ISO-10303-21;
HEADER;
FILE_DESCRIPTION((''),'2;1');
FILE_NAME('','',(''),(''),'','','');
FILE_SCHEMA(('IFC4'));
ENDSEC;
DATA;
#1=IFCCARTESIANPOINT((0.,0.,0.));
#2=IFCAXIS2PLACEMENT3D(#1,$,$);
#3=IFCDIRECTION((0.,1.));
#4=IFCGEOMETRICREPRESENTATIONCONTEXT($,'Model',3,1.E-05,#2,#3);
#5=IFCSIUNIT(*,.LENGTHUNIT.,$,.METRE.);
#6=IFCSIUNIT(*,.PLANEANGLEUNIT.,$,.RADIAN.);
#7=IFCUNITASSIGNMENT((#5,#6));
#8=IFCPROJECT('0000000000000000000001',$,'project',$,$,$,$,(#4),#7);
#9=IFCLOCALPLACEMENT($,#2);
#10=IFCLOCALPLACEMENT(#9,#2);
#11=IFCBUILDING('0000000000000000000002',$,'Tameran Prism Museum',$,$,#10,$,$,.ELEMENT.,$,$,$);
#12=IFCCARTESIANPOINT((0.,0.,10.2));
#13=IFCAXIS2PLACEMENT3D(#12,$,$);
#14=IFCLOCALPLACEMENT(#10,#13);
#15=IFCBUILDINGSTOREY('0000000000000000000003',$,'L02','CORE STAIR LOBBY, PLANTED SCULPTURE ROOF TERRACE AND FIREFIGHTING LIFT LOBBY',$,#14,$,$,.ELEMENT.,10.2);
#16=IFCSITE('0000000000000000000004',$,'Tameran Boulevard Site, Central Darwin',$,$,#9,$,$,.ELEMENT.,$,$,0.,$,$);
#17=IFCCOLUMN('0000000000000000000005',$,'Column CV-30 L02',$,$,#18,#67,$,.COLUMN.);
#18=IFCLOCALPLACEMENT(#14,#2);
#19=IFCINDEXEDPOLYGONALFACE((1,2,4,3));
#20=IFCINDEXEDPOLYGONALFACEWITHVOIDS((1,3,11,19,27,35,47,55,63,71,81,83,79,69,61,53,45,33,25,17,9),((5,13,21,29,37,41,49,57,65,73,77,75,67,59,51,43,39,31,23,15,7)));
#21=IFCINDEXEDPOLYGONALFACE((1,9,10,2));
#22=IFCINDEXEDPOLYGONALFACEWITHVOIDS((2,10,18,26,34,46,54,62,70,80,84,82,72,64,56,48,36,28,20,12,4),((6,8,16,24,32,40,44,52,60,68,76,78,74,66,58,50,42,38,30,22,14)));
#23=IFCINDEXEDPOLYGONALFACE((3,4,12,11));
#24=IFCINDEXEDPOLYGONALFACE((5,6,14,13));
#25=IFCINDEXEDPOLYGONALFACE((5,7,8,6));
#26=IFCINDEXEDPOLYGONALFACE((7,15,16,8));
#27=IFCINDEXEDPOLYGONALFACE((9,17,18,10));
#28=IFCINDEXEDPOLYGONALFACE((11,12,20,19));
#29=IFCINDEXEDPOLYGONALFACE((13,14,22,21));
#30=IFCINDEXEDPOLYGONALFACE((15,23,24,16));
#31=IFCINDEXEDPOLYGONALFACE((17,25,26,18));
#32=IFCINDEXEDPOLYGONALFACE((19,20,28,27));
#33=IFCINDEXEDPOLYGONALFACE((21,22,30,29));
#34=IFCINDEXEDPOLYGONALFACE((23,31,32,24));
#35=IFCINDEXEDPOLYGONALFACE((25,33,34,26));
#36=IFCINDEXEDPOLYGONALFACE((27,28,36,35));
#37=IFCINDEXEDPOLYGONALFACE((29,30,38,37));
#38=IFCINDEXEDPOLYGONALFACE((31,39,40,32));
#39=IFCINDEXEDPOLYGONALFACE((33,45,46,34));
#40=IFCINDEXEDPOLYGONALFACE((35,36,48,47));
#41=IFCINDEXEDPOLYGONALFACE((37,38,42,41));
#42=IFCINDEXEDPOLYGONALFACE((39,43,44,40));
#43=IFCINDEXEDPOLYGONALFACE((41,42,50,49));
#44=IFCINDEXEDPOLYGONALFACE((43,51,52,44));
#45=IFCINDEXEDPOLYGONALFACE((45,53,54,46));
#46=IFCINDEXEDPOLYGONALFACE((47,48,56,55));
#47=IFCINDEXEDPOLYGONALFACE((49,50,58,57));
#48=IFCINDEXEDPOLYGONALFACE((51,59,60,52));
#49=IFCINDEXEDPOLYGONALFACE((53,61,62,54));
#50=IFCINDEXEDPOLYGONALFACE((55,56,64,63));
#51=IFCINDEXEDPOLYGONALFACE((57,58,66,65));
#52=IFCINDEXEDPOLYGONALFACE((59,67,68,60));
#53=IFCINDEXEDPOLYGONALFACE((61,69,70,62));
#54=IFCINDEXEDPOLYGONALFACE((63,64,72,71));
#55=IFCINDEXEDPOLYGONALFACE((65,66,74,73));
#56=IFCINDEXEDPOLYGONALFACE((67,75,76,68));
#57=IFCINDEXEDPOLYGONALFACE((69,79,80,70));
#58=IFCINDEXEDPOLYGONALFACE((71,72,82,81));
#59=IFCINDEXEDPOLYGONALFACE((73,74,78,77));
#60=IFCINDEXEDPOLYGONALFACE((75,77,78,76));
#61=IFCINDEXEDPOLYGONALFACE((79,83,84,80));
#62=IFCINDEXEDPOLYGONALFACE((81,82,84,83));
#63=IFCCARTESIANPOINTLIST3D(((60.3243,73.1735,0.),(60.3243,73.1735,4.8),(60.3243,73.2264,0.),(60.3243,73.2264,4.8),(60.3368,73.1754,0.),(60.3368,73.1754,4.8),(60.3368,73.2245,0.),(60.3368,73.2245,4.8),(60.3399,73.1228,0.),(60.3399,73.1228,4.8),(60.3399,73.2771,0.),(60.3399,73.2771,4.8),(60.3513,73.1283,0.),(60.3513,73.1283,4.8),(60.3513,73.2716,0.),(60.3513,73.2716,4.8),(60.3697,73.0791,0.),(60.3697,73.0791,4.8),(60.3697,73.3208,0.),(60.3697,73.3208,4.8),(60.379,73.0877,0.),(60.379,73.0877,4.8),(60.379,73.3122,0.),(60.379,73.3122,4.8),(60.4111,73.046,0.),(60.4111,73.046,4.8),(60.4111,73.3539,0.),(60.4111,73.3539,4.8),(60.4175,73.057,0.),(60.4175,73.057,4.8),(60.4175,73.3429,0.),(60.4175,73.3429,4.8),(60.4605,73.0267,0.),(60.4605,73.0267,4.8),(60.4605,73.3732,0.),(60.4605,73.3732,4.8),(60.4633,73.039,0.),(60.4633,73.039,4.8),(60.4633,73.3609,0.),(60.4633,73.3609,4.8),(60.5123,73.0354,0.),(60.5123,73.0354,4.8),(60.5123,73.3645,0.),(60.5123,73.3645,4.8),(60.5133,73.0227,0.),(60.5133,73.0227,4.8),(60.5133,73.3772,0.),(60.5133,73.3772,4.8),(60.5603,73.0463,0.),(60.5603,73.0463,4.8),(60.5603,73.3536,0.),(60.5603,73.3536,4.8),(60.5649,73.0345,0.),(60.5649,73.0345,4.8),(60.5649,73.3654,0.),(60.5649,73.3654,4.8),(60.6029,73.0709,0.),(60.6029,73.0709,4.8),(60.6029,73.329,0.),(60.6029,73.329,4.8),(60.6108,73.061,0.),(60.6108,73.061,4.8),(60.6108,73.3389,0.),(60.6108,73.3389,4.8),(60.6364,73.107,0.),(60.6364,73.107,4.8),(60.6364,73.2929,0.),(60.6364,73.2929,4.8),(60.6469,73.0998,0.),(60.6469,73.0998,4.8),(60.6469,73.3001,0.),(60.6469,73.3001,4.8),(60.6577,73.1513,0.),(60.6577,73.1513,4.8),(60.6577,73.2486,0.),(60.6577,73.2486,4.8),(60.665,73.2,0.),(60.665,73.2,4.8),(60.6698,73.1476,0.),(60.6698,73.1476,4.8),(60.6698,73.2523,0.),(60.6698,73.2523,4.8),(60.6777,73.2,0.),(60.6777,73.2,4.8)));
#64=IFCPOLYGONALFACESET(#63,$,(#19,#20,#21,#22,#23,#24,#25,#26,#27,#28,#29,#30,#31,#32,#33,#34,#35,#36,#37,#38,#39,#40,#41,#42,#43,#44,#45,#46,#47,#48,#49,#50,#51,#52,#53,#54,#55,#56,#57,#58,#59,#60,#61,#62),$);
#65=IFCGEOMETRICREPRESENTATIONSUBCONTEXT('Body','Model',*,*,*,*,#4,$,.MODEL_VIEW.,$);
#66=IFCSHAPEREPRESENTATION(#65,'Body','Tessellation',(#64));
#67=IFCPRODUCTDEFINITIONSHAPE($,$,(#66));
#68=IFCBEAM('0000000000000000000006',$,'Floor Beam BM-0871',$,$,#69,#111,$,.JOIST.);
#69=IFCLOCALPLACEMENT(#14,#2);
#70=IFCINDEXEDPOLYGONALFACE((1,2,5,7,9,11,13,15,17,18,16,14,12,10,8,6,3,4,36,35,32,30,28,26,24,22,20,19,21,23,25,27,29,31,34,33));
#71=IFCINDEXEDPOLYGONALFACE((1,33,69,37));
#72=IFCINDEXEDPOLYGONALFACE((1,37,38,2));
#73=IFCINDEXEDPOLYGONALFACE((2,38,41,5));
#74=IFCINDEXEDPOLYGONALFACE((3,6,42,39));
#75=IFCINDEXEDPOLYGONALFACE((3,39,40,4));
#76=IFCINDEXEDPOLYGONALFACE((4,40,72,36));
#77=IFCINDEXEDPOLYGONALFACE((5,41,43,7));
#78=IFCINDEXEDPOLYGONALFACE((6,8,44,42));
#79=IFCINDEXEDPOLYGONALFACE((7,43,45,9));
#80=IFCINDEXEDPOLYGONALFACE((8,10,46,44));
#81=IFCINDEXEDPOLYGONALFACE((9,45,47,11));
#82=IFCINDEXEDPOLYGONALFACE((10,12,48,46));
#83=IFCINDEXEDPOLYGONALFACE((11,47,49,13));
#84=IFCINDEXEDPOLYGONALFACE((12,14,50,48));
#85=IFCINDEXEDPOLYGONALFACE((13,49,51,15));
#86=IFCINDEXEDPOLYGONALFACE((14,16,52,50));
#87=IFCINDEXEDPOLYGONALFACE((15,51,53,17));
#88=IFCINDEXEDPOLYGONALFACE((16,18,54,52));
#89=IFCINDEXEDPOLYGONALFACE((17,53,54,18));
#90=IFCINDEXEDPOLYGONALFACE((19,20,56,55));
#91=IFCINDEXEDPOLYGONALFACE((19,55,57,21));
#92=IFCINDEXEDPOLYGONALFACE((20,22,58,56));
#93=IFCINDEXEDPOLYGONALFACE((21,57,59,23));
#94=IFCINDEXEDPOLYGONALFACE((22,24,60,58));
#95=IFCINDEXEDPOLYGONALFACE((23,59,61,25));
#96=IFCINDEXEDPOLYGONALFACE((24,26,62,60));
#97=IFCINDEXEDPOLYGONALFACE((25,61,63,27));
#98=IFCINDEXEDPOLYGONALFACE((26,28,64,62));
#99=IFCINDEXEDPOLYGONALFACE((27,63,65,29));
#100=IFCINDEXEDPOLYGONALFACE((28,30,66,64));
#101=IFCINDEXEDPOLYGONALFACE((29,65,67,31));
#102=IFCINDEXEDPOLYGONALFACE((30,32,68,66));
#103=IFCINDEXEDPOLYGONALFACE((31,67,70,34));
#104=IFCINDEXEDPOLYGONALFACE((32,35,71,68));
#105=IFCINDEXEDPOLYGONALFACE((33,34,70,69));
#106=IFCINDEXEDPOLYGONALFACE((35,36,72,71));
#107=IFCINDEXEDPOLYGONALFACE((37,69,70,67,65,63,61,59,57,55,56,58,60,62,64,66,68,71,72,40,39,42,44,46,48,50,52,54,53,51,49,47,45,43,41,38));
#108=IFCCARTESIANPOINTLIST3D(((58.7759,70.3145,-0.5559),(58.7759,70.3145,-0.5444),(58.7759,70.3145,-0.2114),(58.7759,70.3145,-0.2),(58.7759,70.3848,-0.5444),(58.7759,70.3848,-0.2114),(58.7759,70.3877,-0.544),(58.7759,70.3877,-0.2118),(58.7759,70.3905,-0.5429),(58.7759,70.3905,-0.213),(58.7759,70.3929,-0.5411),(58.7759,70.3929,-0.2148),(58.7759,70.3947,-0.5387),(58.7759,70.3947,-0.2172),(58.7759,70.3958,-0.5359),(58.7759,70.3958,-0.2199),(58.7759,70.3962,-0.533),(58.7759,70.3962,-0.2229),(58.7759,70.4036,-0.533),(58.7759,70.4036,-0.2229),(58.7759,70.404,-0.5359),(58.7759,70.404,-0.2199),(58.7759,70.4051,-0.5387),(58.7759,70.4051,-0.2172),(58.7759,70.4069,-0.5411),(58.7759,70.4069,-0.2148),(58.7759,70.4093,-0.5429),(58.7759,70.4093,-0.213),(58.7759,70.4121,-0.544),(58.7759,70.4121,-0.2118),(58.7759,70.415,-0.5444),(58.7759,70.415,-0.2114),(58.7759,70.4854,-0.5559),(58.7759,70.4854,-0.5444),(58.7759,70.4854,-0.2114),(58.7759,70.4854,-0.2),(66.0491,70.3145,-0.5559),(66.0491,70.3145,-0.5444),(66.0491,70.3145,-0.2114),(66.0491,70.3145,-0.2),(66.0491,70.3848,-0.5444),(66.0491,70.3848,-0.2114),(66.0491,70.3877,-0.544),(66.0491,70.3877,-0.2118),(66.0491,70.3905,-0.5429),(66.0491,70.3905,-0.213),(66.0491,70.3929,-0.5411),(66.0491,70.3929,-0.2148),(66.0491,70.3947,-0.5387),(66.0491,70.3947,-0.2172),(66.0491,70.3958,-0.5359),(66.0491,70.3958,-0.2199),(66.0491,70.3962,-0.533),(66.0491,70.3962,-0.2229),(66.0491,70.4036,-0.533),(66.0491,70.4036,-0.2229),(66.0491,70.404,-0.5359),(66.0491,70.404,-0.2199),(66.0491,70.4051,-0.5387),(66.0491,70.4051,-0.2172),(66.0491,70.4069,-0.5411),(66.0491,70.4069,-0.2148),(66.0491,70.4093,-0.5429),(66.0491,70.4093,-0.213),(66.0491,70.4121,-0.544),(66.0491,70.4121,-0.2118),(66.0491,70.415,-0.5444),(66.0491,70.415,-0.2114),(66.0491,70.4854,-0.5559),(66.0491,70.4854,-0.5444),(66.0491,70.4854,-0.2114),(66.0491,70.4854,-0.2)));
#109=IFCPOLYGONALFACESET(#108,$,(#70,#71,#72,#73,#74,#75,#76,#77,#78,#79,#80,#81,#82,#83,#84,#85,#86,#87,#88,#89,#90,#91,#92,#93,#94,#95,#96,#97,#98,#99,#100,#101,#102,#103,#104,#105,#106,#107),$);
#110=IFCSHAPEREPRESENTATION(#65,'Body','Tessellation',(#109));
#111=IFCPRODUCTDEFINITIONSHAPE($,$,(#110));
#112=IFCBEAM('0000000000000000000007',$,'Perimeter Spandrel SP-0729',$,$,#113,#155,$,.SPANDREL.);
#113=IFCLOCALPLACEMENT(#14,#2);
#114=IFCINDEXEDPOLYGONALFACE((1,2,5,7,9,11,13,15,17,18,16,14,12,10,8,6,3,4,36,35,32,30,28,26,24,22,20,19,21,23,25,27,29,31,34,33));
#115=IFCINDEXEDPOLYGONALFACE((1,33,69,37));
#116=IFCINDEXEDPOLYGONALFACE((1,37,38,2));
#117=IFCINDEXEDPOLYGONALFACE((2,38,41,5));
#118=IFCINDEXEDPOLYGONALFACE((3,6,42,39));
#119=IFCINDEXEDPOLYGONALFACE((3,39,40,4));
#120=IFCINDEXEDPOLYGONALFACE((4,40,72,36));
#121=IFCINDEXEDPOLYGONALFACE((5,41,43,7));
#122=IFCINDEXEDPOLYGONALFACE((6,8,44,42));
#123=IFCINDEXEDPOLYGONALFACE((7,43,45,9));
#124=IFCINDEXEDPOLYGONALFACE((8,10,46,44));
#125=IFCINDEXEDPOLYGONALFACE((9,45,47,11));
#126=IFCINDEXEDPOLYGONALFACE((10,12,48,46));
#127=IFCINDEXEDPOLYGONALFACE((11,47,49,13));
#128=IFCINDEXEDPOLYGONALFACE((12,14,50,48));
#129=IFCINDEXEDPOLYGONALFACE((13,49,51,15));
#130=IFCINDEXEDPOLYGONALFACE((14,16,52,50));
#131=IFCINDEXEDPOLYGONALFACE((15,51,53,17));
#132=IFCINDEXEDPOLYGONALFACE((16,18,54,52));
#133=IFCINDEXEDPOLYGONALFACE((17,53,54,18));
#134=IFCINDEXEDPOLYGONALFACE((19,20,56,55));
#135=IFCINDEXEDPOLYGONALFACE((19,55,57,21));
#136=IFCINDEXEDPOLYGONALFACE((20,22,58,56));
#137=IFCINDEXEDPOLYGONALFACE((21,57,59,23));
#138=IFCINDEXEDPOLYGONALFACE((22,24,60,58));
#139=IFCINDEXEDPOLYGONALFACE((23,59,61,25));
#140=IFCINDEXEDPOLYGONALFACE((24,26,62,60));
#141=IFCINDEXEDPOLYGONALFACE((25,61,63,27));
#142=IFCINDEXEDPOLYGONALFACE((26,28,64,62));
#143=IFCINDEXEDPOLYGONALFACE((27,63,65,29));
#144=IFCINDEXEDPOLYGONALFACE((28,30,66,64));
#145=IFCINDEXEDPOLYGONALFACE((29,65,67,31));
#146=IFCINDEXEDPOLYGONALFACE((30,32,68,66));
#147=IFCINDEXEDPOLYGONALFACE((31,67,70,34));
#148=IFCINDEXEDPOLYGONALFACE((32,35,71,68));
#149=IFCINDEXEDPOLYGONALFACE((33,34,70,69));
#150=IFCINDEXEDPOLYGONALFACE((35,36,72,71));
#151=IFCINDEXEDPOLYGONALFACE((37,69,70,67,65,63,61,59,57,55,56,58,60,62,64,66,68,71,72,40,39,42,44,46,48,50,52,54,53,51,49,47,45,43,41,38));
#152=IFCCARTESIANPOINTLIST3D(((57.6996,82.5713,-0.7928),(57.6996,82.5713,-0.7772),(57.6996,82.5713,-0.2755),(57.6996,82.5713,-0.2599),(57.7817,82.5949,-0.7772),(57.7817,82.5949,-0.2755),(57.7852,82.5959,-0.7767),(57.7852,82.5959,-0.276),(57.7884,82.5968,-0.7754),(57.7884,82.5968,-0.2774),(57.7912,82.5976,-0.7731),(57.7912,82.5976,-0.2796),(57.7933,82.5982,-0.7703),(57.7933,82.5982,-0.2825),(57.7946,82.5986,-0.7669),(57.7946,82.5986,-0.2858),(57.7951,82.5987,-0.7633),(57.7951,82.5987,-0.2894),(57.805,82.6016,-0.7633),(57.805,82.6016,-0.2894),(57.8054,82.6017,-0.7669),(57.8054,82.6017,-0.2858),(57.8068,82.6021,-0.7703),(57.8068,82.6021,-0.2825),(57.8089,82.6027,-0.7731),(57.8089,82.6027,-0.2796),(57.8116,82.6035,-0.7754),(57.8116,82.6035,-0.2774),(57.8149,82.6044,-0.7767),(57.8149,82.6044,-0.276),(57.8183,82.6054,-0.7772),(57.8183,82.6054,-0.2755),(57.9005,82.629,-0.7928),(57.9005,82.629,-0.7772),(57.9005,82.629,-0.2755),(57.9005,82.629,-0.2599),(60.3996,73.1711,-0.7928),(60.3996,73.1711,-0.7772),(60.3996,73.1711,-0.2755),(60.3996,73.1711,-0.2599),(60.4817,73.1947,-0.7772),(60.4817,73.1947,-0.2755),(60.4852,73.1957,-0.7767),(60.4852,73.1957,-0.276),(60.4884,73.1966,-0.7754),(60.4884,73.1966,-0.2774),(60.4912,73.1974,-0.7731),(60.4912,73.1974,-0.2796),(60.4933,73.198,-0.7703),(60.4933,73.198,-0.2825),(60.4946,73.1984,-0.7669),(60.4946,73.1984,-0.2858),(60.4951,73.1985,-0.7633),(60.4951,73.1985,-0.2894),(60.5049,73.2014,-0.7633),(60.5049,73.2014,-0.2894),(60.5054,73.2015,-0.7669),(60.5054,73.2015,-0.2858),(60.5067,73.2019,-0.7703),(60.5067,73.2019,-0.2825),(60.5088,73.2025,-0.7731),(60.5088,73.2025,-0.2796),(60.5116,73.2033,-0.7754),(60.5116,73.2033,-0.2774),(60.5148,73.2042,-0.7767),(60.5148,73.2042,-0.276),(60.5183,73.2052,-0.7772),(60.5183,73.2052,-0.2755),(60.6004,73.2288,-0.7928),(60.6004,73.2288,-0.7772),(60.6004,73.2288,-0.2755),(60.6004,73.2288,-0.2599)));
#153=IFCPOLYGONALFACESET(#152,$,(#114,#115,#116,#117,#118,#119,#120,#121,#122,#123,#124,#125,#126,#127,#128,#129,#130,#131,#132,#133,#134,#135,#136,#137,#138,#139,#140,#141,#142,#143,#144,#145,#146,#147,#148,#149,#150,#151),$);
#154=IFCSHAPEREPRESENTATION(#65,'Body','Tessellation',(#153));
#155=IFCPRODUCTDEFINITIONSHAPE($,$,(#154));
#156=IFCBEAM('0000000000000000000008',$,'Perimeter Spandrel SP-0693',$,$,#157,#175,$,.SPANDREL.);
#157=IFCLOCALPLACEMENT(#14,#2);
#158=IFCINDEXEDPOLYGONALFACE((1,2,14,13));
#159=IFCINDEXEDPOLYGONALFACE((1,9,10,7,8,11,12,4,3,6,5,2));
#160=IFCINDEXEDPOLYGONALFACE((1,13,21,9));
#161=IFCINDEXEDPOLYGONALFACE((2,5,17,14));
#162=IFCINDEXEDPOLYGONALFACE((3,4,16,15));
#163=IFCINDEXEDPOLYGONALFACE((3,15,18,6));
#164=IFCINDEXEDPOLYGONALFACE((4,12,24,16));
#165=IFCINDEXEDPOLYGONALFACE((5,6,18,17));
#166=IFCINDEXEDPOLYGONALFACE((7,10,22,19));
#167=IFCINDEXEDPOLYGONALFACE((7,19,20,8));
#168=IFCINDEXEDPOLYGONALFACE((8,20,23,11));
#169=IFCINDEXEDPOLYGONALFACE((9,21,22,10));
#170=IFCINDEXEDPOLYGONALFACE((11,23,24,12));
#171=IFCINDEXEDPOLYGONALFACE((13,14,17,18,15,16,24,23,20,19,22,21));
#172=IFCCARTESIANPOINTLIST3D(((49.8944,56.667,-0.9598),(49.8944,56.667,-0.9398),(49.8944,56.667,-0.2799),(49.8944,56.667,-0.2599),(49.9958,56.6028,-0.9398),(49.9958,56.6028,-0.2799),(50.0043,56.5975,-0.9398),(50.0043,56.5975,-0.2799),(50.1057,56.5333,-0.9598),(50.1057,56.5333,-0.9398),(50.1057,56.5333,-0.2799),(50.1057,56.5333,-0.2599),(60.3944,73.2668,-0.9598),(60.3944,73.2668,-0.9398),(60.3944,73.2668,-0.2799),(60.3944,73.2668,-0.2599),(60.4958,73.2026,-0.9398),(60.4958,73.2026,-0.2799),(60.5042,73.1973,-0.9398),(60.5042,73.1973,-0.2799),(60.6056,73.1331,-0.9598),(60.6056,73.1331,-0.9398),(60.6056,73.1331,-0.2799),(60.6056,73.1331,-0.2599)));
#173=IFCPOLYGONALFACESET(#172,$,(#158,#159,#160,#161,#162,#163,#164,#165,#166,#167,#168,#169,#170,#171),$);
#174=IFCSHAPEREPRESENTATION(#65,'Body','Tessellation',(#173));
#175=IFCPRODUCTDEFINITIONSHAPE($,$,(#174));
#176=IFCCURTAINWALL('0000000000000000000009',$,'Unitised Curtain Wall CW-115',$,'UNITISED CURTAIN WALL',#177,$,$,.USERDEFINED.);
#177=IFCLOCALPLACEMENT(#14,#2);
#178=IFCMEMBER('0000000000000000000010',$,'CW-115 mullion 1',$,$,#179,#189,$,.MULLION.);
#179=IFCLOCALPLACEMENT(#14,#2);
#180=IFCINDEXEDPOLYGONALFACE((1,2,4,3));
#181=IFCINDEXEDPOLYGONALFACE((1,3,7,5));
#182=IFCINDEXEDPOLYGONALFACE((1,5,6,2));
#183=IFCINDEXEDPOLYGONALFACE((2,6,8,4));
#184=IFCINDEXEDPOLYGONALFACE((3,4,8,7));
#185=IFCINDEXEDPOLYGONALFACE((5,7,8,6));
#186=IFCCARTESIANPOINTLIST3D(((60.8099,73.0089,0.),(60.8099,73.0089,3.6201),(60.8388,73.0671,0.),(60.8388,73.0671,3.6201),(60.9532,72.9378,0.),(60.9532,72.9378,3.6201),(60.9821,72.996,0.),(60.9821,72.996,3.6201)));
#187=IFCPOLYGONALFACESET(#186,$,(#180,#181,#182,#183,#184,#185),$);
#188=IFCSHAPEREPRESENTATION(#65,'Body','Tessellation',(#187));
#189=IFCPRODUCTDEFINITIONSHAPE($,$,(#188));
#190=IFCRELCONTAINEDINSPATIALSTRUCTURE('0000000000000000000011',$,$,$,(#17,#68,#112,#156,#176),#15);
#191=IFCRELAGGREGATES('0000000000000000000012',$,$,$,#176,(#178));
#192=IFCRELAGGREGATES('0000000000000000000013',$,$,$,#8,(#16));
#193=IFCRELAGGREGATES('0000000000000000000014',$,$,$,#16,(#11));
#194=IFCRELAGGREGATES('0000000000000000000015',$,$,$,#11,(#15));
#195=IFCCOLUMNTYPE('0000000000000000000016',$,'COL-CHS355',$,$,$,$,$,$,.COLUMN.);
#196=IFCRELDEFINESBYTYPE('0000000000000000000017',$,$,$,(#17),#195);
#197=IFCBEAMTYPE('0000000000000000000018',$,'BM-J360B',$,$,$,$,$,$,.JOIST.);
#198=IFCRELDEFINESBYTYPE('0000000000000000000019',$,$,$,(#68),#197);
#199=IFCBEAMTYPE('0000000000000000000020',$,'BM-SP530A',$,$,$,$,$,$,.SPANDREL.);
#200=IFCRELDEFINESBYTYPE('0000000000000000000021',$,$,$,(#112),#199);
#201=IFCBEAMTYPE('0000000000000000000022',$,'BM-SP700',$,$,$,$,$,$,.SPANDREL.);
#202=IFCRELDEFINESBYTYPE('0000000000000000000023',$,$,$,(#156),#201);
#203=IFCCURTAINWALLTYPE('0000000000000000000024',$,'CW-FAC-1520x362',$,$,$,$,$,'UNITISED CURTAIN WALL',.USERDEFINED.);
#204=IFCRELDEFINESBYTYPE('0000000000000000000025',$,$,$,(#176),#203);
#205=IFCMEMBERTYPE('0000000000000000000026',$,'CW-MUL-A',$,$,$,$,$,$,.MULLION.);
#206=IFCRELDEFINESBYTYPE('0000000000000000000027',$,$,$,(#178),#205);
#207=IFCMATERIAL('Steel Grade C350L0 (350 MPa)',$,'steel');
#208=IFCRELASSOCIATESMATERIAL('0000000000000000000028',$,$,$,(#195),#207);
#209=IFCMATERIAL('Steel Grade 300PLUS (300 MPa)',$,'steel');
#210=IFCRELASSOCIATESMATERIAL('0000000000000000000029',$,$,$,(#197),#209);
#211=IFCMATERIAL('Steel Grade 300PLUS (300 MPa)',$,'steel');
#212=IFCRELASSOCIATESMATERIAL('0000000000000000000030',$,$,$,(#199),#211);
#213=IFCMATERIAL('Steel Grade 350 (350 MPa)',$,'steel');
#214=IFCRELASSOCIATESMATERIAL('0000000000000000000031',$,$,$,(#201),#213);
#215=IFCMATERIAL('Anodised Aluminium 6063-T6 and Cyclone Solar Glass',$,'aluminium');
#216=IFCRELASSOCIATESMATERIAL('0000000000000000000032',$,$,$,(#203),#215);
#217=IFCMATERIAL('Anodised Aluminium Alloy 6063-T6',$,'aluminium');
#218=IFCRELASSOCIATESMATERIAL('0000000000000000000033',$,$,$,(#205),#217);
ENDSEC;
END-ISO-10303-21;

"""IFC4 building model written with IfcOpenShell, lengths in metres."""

from ifc_helpers import new_model, si_unit, direction, frame, origin, origin_2d, place, context, subcontext, project, spatial, rectangle, hollow_circle, i_section, extrude, material, material_profile, profile_set, type_object, element, aggregate, save


model = new_model("IFC4")

# Units and contexts
model_context = context("Model", 3, precision=1e-05, world=origin(), true_north=direction((0.0, 1.0)))
body_context = subcontext(model_context, "Body", "Model", "MODEL_VIEW")
ifc_project = project(units=[si_unit("LENGTHUNIT", "METRE"), si_unit("PLANEANGLEUNIT", "RADIAN")], contexts=[model_context])

# Site, building, storey
site_placement = place(None, origin())
site = spatial("IfcSite", under=ifc_project, at=site_placement, Name="Tameran Boulevard Site, Central Darwin", CompositionType="ELEMENT", RefElevation=0.0)
building_placement = place(site_placement, origin())
building = spatial("IfcBuilding", under=site, at=building_placement, Name="Tameran Prism Museum", CompositionType="ELEMENT")
storey_placement = place(building_placement, frame((0.0, 0.0, 10.2)))
storey = spatial("IfcBuildingStorey", under=building, at=storey_placement, Name="L02", Description="CORE STAIR LOBBY, PLANTED SCULPTURE ROOF TERRACE AND FIREFIGHTING LIFT LOBBY", CompositionType="ELEMENT", Elevation=10.2)

# Column
ifc_material_1 = material(Name="Steel Grade C350L0 (350 MPa)", Category="steel")
ifc_material_profile_1 = material_profile(ifc_material_1, hollow_circle(Radius=0.1777, WallThickness=0.0127, at=origin_2d()))
ifc_profile_set_1 = profile_set([ifc_material_profile_1])
column_type = type_object("IfcColumnType", Name="COL-CHS355", PredefinedType="COLUMN", material=ifc_profile_set_1)
column_placement = place(storey_placement, frame((60.5, 73.2, 0.0), z_axis=(0.0, 0.0, 1.0), x_axis=(1.0, 0.0, 0.0)))
element("IfcColumn", 1, at=column_placement, inside=storey, type_object=column_type, Name="Column CV-30 L02", PredefinedType="COLUMN", context=body_context, shape_type="SweptSolid", body=[
    extrude(hollow_circle(Radius=0.1777, WallThickness=0.0127, at=origin_2d()), origin(), (0.0, 0.0, 1.0), 4.8),
])

# Beams
ifc_material_2 = material(Name="Steel Grade 300PLUS (300 MPa)", Category="steel")
ifc_material_profile_2 = material_profile(ifc_material_2, i_section(OverallWidth=0.1709, OverallDepth=0.356, WebThickness=0.0073, FlangeThickness=0.0115, FilletRadius=0.0115, at=origin_2d()))
ifc_profile_set_2 = profile_set([ifc_material_profile_2])
beam_type_1 = type_object("IfcBeamType", Name="BM-J360B", PredefinedType="JOIST", material=ifc_profile_set_2)
beam_1_placement = place(storey_placement, frame((58.7759, 70.3999, -0.3779), z_axis=(1.0, 0.0, 0.0), x_axis=(0.0, 1.0, 0.0)))
element("IfcBeam", 2, at=beam_1_placement, inside=storey, type_object=beam_type_1, Name="Floor Beam BM-0871", PredefinedType="JOIST", context=body_context, shape_type="SweptSolid", body=[
    extrude(i_section(OverallWidth=0.1709, OverallDepth=0.356, WebThickness=0.0073, FlangeThickness=0.0115, FilletRadius=0.0115, at=origin_2d()), origin(), (0.0, 0.0, 1.0), 7.2732),
])
ifc_material_3 = material(Name="Steel Grade 300PLUS (300 MPa)", Category="steel")
ifc_material_profile_3 = material_profile(ifc_material_3, i_section(OverallWidth=0.209, OverallDepth=0.533, WebThickness=0.0103, FlangeThickness=0.0156, FilletRadius=0.0139, at=origin_2d()))
ifc_profile_set_3 = profile_set([ifc_material_profile_3])
beam_type_2 = type_object("IfcBeamType", Name="BM-SP530A", PredefinedType="SPANDREL", material=ifc_profile_set_3)
beam_2_placement = place(storey_placement, frame((60.5, 73.2, -0.5264), z_axis=(-0.276063, 0.96114, 0.0), x_axis=(-0.96114, -0.276063, 0.0)))
element("IfcBeam", 3, at=beam_2_placement, inside=storey, type_object=beam_type_2, Name="Perimeter Spandrel SP-0729", PredefinedType="SPANDREL", context=body_context, shape_type="SweptSolid", body=[
    extrude(i_section(OverallWidth=0.209, OverallDepth=0.533, WebThickness=0.0103, FlangeThickness=0.0156, FilletRadius=0.0139, at=origin_2d()), origin(), (0.0, 0.0, 1.0), 9.7803),
])
ifc_material_4 = material(Name="Steel Grade 350 (350 MPa)", Category="steel")
ifc_material_profile_4 = material_profile(ifc_material_4, i_section(OverallWidth=0.25, OverallDepth=0.7, WebThickness=0.01, FlangeThickness=0.02, at=origin_2d()))
ifc_profile_set_4 = profile_set([ifc_material_profile_4])
beam_type_3 = type_object("IfcBeamType", Name="BM-SP700", PredefinedType="SPANDREL", material=ifc_profile_set_4)
beam_3_placement = place(storey_placement, frame((60.5, 73.2, -0.6099), z_axis=(-0.534571, -0.845124, 0.0), x_axis=(0.845124, -0.534571, 0.0)))
element("IfcBeam", 4, at=beam_3_placement, inside=storey, type_object=beam_type_3, Name="Perimeter Spandrel SP-0693", PredefinedType="SPANDREL", context=body_context, shape_type="SweptSolid", body=[
    extrude(i_section(OverallWidth=0.25, OverallDepth=0.7, WebThickness=0.01, FlangeThickness=0.02, at=origin_2d()), origin(), (0.0, 0.0, 1.0), 19.6418),
])

# Curtain wall, member
ifc_material_5 = material(Name="Anodised Aluminium 6063-T6 and Cyclone Solar Glass", Category="aluminium")
curtain_wall_type_1 = type_object("IfcCurtainWallType", Name="CW-FAC-1520x362", ElementType="UNITISED CURTAIN WALL", PredefinedType="USERDEFINED", material=ifc_material_5)
curtain_wall_1_placement = place(storey_placement, origin())
curtain_wall_1 = element("IfcCurtainWall", 5, at=curtain_wall_1_placement, inside=storey, type_object=curtain_wall_type_1, Name="Unitised Curtain Wall CW-115", ObjectType="UNITISED CURTAIN WALL", PredefinedType="USERDEFINED")
ifc_material_6 = material(Name="Anodised Aluminium Alloy 6063-T6", Category="aluminium")
ifc_material_profile_5 = material_profile(ifc_material_6, rectangle(XDim=0.0649, YDim=0.1599, at=origin_2d()))
ifc_profile_set_5 = profile_set([ifc_material_profile_5])
member_type_1 = type_object("IfcMemberType", Name="CW-MUL-A", PredefinedType="MULLION", material=ifc_profile_set_5)
member_1_placement = place(storey_placement, frame((60.896, 73.0024, 0.0), z_axis=(0.0, 0.0, 1.0), x_axis=(0.444634, 0.895712, 0.0)))
member_1 = element("IfcMember", 6, at=member_1_placement, type_object=member_type_1, Name="CW-115 mullion 1", PredefinedType="MULLION", context=body_context, shape_type="SweptSolid", body=[
    extrude(rectangle(XDim=0.0649, YDim=0.1599, at=origin_2d()), origin(), (0.0, 0.0, 1.0), 3.6201),
])

aggregate(curtain_wall_1, [member_1])

save(model, "model.ifc")
